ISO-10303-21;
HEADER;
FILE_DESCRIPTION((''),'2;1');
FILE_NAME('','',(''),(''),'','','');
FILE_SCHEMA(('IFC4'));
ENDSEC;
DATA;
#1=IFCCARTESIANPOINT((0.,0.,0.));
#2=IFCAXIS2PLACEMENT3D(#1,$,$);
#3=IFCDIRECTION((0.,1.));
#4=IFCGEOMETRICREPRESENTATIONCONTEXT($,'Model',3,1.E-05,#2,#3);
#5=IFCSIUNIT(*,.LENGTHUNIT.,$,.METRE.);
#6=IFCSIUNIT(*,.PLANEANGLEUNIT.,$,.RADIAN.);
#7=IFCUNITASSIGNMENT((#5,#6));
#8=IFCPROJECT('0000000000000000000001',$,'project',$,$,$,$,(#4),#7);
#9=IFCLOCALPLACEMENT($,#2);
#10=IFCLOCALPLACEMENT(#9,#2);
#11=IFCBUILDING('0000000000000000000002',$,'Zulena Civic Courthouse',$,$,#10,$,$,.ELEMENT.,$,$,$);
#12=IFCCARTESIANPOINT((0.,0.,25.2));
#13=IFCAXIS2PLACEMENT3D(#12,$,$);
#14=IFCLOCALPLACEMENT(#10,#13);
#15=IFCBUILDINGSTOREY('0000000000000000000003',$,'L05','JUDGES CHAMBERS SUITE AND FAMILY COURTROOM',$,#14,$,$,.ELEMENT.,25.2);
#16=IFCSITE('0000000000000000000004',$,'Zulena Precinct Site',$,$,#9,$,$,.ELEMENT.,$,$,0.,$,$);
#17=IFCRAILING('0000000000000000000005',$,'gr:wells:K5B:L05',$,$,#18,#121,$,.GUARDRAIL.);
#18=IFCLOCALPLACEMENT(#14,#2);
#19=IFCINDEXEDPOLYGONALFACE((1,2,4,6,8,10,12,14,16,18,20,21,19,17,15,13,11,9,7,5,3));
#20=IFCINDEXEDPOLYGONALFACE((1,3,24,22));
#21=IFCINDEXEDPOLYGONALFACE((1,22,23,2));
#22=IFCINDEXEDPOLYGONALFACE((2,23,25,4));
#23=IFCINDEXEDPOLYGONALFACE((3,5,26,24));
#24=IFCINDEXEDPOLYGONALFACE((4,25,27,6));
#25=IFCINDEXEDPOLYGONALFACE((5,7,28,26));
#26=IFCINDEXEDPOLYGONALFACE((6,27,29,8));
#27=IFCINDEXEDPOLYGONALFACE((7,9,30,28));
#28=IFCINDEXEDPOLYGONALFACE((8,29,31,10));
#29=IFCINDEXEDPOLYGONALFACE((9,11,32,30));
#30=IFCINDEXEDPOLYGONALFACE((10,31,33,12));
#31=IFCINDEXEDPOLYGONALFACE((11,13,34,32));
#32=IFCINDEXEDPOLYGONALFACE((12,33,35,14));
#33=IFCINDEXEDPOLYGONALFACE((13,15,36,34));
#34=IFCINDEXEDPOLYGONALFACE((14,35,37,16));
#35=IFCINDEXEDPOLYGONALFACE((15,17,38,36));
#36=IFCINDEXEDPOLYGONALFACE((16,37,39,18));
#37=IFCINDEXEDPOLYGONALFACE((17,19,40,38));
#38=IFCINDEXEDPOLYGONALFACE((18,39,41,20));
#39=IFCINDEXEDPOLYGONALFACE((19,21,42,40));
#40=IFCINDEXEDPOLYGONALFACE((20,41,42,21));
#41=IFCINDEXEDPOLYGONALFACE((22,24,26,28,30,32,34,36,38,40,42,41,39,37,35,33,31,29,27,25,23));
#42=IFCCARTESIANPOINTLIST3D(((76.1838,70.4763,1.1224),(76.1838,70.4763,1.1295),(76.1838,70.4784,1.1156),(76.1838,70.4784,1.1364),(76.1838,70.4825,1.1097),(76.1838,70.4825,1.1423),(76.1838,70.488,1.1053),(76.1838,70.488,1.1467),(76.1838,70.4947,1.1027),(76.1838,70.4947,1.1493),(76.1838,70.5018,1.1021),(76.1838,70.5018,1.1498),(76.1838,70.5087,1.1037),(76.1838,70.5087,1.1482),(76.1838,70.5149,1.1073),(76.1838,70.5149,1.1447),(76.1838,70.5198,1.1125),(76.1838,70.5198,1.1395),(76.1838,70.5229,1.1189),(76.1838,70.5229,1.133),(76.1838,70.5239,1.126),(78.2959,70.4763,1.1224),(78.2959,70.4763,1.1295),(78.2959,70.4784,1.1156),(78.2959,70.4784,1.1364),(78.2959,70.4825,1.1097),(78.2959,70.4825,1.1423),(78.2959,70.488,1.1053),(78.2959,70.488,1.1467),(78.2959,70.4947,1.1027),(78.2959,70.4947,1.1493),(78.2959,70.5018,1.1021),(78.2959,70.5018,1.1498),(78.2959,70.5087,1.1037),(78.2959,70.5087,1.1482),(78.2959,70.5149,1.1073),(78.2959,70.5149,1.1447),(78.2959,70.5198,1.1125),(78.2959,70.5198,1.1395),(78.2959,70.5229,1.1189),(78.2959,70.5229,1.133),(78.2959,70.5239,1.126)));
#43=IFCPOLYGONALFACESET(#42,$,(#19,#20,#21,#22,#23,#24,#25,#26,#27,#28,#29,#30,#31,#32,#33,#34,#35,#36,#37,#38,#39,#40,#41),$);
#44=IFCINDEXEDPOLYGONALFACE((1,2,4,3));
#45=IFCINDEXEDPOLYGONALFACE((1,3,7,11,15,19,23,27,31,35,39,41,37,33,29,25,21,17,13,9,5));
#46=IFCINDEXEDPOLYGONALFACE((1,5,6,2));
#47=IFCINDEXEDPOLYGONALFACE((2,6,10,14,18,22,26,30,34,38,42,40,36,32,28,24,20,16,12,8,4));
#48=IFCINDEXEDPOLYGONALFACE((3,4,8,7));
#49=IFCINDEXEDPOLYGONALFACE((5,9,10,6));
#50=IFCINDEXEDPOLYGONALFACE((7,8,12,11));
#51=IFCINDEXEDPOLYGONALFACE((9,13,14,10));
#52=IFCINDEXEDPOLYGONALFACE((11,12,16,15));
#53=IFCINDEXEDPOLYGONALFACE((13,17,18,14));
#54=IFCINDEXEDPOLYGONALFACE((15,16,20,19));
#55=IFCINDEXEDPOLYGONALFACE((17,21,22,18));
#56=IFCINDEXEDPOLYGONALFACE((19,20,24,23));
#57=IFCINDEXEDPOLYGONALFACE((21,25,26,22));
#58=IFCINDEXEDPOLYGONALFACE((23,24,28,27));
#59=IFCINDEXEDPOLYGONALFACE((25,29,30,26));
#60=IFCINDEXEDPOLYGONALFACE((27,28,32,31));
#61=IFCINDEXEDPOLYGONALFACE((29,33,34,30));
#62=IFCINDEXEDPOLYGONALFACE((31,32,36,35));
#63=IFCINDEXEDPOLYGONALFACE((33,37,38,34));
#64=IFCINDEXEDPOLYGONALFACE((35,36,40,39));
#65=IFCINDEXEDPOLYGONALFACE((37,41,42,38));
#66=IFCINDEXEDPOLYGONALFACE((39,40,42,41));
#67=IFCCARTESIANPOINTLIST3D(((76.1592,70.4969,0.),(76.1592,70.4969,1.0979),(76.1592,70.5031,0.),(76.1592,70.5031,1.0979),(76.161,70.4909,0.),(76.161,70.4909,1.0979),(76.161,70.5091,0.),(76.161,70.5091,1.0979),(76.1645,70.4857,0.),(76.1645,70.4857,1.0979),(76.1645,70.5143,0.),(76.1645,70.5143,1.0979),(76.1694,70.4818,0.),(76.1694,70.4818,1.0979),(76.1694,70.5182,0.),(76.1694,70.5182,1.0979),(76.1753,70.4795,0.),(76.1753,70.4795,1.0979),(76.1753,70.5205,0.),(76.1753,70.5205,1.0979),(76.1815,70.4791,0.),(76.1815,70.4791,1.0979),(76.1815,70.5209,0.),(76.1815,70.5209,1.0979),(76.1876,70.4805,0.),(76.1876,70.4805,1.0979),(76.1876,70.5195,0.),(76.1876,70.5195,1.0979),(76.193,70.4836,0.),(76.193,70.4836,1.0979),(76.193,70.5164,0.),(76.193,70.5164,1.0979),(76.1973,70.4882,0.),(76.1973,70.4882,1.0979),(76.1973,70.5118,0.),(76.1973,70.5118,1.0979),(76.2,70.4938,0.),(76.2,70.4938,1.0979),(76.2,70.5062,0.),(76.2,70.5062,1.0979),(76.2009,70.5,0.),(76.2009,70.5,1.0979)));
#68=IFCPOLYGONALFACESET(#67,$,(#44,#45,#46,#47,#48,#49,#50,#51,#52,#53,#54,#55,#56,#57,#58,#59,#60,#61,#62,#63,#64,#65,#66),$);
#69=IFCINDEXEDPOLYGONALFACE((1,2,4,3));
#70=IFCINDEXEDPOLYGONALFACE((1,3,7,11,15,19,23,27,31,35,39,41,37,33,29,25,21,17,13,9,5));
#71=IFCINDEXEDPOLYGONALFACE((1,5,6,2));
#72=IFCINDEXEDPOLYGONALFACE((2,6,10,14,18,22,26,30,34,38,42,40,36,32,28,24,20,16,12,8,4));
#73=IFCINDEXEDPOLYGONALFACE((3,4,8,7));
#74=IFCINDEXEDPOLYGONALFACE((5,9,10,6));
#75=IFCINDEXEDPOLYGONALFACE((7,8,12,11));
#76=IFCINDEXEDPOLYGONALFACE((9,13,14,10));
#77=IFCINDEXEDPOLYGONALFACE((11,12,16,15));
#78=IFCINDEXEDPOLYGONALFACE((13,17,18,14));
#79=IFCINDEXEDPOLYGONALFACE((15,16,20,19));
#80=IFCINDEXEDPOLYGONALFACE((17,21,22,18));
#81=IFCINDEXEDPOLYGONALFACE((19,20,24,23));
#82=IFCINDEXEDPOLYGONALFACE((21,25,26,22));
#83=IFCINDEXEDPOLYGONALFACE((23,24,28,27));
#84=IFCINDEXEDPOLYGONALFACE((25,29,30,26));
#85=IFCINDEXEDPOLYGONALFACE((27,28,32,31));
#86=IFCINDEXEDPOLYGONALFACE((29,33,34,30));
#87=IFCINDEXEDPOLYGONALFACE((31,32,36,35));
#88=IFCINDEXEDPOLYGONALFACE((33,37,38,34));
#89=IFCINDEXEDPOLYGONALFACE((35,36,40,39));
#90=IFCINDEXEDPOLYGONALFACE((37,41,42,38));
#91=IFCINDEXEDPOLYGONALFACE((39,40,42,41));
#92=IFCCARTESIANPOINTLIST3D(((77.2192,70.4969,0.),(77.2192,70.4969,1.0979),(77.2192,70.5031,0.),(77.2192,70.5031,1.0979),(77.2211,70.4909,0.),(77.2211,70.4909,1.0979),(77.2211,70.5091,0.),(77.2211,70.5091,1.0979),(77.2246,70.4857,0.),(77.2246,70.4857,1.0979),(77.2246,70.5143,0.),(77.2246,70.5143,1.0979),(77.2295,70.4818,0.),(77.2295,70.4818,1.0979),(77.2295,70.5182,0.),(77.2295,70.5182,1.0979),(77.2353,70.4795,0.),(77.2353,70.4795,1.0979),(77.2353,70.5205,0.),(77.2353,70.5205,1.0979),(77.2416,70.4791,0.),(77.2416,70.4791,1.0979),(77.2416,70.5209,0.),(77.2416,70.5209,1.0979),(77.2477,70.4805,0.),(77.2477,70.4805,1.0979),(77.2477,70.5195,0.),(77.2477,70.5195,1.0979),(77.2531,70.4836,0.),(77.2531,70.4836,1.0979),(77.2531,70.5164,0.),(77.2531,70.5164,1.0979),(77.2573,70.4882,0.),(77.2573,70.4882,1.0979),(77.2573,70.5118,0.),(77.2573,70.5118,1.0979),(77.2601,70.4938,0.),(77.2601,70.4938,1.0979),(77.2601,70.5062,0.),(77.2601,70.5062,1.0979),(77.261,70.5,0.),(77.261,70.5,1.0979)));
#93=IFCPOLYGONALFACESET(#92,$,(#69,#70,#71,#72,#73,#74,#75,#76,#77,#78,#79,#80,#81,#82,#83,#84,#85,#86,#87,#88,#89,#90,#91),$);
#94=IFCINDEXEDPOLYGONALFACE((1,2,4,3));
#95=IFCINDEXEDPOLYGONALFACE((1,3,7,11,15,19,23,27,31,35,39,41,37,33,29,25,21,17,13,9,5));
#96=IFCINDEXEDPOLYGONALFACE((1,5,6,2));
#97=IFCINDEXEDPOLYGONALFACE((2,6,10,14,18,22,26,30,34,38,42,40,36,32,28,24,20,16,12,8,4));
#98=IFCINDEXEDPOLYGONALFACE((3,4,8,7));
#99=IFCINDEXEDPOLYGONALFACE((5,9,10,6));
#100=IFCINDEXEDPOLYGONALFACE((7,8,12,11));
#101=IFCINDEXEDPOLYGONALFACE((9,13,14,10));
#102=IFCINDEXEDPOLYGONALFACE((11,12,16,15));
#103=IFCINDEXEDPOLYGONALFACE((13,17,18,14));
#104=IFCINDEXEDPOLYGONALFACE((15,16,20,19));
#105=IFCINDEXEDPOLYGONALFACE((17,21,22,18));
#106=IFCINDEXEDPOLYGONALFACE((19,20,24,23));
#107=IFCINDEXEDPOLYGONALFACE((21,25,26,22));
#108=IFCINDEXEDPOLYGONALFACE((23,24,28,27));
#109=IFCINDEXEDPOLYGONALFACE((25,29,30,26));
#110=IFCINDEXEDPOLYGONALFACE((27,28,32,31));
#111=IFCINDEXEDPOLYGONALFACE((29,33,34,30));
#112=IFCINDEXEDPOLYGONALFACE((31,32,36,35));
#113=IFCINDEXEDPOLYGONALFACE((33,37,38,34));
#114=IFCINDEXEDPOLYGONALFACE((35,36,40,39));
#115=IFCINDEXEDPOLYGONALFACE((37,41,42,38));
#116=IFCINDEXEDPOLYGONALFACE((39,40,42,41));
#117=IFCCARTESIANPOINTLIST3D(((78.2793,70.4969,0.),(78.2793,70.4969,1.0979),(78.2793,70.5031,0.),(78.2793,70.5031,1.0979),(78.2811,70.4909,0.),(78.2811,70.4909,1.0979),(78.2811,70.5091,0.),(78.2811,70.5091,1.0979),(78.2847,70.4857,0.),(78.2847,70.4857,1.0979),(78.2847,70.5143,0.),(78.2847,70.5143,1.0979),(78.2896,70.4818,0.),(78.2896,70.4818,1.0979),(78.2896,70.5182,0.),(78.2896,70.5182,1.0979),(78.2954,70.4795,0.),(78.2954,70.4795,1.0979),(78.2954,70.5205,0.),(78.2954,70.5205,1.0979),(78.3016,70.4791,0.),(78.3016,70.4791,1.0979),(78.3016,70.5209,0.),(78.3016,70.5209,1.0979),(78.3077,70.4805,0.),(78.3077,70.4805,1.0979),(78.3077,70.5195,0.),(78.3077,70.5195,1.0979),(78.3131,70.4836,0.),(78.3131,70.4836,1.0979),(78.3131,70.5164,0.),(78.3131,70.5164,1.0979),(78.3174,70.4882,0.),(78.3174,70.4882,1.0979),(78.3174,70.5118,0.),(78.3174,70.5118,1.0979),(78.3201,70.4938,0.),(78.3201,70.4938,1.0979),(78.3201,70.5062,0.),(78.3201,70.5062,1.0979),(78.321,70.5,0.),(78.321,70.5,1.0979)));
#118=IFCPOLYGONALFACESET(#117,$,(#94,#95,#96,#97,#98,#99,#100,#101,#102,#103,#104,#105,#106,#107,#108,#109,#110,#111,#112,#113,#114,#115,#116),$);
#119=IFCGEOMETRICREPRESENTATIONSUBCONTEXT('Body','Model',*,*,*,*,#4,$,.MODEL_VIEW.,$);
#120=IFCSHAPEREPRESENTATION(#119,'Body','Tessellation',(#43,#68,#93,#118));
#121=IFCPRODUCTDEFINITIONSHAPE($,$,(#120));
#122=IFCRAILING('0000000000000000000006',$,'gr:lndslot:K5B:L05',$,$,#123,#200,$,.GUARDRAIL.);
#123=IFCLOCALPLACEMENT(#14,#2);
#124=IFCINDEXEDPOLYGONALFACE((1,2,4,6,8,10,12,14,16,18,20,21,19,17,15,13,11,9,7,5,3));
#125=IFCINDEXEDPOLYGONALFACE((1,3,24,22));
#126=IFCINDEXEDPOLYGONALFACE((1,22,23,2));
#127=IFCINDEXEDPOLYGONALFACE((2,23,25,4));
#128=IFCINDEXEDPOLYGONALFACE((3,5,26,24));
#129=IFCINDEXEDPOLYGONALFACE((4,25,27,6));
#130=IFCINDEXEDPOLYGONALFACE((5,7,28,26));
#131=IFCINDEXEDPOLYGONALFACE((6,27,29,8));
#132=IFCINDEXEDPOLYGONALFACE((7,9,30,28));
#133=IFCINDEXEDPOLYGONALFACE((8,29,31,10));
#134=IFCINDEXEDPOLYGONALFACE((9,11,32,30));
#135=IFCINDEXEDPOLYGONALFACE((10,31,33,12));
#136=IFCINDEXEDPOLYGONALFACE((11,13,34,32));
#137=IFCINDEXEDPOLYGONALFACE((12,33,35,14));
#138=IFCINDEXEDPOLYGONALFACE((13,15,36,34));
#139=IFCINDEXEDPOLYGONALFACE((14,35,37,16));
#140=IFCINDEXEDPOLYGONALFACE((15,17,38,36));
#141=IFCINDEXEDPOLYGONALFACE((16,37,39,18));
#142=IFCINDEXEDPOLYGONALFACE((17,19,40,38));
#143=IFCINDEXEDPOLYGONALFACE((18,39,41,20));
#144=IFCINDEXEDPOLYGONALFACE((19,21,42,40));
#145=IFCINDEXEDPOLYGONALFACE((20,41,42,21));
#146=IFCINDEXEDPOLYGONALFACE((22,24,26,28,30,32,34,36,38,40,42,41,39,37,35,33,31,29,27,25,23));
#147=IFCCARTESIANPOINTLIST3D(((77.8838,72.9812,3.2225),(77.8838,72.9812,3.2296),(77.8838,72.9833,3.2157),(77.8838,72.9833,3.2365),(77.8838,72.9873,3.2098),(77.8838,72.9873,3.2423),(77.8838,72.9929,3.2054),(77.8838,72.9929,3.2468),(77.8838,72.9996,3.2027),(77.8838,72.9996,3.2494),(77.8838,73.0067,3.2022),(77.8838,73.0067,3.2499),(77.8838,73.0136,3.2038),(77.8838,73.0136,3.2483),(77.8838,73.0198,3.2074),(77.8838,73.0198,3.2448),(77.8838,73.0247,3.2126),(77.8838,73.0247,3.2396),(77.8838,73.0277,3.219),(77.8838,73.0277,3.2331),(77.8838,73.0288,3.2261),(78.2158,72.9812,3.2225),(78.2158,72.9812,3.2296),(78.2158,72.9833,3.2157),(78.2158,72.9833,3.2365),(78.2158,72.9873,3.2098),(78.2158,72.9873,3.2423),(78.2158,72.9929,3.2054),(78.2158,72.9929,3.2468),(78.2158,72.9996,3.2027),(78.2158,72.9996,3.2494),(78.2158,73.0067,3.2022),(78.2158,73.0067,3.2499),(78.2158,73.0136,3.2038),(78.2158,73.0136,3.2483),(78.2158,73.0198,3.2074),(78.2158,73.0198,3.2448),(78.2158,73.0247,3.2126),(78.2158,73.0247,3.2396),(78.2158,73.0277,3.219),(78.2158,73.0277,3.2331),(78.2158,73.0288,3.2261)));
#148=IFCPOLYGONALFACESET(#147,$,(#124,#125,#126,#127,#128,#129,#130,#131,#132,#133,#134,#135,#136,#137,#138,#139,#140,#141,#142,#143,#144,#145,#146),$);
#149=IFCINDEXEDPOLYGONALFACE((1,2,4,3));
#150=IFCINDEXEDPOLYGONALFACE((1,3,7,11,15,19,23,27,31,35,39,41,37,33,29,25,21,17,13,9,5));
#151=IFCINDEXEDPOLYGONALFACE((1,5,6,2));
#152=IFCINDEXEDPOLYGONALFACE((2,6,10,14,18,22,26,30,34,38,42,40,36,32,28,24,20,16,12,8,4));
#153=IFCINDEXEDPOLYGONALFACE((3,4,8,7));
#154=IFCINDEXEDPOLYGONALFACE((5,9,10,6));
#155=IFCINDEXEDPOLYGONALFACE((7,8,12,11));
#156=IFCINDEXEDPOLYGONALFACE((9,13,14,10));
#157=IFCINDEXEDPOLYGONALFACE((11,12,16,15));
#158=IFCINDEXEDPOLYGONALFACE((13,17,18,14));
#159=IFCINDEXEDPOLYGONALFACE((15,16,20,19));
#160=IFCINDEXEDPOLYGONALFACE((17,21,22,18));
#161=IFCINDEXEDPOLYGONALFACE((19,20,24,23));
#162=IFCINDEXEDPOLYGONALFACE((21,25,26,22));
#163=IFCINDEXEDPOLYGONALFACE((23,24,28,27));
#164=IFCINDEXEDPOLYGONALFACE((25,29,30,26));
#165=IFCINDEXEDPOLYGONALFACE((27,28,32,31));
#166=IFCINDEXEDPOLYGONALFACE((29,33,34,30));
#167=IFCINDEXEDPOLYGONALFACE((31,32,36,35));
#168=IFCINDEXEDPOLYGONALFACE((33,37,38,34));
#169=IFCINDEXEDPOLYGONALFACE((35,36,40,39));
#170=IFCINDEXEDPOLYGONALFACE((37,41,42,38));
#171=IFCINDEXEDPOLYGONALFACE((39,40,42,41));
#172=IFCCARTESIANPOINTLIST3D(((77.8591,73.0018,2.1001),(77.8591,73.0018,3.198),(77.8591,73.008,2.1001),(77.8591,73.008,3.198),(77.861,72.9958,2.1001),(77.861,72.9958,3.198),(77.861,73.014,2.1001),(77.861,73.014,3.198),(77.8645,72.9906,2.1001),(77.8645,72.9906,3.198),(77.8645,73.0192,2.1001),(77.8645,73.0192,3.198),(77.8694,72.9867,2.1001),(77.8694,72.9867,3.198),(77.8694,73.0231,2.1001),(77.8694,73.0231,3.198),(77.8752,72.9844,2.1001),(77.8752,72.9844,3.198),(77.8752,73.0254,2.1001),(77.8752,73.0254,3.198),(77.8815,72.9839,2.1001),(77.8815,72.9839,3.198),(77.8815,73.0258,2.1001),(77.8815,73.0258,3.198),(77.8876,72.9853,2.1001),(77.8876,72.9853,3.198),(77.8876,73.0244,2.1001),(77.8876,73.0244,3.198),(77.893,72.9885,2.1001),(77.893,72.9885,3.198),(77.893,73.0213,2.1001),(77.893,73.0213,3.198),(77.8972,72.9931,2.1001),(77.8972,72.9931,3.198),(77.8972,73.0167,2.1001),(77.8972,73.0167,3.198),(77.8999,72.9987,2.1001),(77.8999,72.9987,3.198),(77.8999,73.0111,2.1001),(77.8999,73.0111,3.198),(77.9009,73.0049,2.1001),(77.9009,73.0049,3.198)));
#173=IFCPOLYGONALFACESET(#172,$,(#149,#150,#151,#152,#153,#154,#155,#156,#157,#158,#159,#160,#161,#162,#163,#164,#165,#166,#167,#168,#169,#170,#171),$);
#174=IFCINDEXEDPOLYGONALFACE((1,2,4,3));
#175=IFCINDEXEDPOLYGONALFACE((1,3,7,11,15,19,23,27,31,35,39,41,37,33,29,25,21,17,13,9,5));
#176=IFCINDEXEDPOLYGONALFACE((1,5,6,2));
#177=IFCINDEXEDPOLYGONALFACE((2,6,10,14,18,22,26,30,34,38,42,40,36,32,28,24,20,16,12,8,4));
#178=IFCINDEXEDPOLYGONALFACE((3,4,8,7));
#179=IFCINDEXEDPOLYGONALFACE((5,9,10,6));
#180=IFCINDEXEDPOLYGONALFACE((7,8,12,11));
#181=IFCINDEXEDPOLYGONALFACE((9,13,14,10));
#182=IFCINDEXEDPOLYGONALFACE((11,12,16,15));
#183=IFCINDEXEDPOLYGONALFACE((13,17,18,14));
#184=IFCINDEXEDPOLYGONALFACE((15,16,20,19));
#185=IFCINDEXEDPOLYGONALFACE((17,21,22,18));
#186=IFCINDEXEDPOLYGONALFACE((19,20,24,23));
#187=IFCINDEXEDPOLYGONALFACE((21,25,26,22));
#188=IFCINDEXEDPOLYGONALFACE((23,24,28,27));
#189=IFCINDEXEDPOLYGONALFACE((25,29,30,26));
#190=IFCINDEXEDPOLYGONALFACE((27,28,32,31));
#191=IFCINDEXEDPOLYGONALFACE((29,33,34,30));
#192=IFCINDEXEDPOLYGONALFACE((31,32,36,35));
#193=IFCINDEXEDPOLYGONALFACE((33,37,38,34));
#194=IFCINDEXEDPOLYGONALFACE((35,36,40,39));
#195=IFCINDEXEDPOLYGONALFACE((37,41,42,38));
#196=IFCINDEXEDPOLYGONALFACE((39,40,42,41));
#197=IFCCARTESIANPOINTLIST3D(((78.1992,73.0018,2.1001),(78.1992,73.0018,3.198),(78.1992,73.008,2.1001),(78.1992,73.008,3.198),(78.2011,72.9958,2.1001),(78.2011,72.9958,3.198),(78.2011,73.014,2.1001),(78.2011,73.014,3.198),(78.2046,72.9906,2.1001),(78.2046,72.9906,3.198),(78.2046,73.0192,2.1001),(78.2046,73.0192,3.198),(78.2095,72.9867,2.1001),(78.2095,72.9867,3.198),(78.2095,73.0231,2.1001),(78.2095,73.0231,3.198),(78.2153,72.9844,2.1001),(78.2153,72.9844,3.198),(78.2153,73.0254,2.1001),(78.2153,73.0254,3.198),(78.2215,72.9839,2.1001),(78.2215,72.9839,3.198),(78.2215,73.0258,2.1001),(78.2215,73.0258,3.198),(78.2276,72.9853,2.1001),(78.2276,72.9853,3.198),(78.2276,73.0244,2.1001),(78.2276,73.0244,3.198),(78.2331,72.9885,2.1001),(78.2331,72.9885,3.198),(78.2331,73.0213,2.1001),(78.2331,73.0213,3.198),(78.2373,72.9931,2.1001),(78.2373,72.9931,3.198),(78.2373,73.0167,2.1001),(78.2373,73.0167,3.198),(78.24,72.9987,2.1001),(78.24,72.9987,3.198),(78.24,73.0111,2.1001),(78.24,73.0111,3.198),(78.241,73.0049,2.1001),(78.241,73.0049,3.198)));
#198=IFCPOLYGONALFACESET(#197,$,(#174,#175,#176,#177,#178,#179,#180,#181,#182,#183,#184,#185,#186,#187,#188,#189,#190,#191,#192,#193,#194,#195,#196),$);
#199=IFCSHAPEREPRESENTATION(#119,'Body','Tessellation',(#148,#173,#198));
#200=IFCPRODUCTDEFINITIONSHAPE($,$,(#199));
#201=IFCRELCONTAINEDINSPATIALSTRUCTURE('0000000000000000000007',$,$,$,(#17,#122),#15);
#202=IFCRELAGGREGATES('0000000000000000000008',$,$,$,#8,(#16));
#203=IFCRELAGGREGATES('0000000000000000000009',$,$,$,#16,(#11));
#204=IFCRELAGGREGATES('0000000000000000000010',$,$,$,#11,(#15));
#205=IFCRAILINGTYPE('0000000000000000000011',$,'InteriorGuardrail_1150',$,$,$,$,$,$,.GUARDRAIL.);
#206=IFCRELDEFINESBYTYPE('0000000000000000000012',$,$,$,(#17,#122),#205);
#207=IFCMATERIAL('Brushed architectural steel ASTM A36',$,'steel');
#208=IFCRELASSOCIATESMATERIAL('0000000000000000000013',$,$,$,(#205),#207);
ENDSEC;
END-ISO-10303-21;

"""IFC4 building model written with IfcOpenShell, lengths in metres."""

from ifc_helpers import new_model, si_unit, direction, frame, origin, origin_2d, place, context, subcontext, project, spatial, circle, extrude, material, type_object, element, save


model = new_model("IFC4")

# Units and contexts
model_context = context("Model", 3, precision=1e-05, world=origin(), true_north=direction((0.0, 1.0)))
body_context = subcontext(model_context, "Body", "Model", "MODEL_VIEW")
ifc_project = project(units=[si_unit("LENGTHUNIT", "METRE"), si_unit("PLANEANGLEUNIT", "RADIAN")], contexts=[model_context])

# Site, building, storey
site_placement = place(None, origin())
site = spatial("IfcSite", under=ifc_project, at=site_placement, Name="Zulena Precinct Site", CompositionType="ELEMENT", RefElevation=0.0)
building_placement = place(site_placement, origin())
building = spatial("IfcBuilding", under=site, at=building_placement, Name="Zulena Civic Courthouse", CompositionType="ELEMENT")
storey_placement = place(building_placement, frame((0.0, 0.0, 25.2)))
storey = spatial("IfcBuildingStorey", under=building, at=storey_placement, Name="L05", Description="JUDGES CHAMBERS SUITE AND FAMILY COURTROOM", CompositionType="ELEMENT", Elevation=25.2)

# Railings
ifc_material_1 = material(Name="Brushed architectural steel ASTM A36", Category="steel")
railing_type_1 = type_object("IfcRailingType", Name="InteriorGuardrail_1150", PredefinedType="GUARDRAIL", material=ifc_material_1)
railing_1_placement = place(storey_placement, frame((76.1799, 70.5, 0.0)))
element("IfcRailing", 1, at=railing_1_placement, inside=storey, type_object=railing_type_1, Name="gr:wells:K5B:L05", PredefinedType="GUARDRAIL", context=body_context, shape_type="SweptSolid", body=[
    extrude(circle(Radius=0.0239, at=origin_2d()), frame((0.0039, 0.0, 1.126), z_axis=(1.0, 0.0, 0.0), x_axis=(0.0, 1.0, 0.0)), (0.0, 0.0, 1.0), 2.1121),
    extrude(circle(Radius=0.021, at=origin_2d()), origin(), (0.0, 0.0, 1.0), 1.0979),
    extrude(circle(Radius=0.021, at=origin_2d()), frame((1.0601, 0.0, 0.0)), (0.0, 0.0, 1.0), 1.0979),
    extrude(circle(Radius=0.021, at=origin_2d()), frame((2.1201, 0.0, 0.0)), (0.0, 0.0, 1.0), 1.0979),
])
railing_2_placement = place(storey_placement, frame((77.8799, 73.0049, 2.1001)))
element("IfcRailing", 2, at=railing_2_placement, inside=storey, type_object=railing_type_1, Name="gr:lndslot:K5B:L05", PredefinedType="GUARDRAIL", context=body_context, shape_type="SweptSolid", body=[
    extrude(circle(Radius=0.0239, at=origin_2d()), frame((0.0039, 0.0, 1.126), z_axis=(1.0, 0.0, 0.0), x_axis=(0.0, 1.0, 0.0)), (0.0, 0.0, 1.0), 0.332),
    extrude(circle(Radius=0.021, at=origin_2d()), origin(), (0.0, 0.0, 1.0), 1.0979),
    extrude(circle(Radius=0.021, at=origin_2d()), frame((0.3401, 0.0, 0.0)), (0.0, 0.0, 1.0), 1.0979),
])

save(model, "model.ifc")
